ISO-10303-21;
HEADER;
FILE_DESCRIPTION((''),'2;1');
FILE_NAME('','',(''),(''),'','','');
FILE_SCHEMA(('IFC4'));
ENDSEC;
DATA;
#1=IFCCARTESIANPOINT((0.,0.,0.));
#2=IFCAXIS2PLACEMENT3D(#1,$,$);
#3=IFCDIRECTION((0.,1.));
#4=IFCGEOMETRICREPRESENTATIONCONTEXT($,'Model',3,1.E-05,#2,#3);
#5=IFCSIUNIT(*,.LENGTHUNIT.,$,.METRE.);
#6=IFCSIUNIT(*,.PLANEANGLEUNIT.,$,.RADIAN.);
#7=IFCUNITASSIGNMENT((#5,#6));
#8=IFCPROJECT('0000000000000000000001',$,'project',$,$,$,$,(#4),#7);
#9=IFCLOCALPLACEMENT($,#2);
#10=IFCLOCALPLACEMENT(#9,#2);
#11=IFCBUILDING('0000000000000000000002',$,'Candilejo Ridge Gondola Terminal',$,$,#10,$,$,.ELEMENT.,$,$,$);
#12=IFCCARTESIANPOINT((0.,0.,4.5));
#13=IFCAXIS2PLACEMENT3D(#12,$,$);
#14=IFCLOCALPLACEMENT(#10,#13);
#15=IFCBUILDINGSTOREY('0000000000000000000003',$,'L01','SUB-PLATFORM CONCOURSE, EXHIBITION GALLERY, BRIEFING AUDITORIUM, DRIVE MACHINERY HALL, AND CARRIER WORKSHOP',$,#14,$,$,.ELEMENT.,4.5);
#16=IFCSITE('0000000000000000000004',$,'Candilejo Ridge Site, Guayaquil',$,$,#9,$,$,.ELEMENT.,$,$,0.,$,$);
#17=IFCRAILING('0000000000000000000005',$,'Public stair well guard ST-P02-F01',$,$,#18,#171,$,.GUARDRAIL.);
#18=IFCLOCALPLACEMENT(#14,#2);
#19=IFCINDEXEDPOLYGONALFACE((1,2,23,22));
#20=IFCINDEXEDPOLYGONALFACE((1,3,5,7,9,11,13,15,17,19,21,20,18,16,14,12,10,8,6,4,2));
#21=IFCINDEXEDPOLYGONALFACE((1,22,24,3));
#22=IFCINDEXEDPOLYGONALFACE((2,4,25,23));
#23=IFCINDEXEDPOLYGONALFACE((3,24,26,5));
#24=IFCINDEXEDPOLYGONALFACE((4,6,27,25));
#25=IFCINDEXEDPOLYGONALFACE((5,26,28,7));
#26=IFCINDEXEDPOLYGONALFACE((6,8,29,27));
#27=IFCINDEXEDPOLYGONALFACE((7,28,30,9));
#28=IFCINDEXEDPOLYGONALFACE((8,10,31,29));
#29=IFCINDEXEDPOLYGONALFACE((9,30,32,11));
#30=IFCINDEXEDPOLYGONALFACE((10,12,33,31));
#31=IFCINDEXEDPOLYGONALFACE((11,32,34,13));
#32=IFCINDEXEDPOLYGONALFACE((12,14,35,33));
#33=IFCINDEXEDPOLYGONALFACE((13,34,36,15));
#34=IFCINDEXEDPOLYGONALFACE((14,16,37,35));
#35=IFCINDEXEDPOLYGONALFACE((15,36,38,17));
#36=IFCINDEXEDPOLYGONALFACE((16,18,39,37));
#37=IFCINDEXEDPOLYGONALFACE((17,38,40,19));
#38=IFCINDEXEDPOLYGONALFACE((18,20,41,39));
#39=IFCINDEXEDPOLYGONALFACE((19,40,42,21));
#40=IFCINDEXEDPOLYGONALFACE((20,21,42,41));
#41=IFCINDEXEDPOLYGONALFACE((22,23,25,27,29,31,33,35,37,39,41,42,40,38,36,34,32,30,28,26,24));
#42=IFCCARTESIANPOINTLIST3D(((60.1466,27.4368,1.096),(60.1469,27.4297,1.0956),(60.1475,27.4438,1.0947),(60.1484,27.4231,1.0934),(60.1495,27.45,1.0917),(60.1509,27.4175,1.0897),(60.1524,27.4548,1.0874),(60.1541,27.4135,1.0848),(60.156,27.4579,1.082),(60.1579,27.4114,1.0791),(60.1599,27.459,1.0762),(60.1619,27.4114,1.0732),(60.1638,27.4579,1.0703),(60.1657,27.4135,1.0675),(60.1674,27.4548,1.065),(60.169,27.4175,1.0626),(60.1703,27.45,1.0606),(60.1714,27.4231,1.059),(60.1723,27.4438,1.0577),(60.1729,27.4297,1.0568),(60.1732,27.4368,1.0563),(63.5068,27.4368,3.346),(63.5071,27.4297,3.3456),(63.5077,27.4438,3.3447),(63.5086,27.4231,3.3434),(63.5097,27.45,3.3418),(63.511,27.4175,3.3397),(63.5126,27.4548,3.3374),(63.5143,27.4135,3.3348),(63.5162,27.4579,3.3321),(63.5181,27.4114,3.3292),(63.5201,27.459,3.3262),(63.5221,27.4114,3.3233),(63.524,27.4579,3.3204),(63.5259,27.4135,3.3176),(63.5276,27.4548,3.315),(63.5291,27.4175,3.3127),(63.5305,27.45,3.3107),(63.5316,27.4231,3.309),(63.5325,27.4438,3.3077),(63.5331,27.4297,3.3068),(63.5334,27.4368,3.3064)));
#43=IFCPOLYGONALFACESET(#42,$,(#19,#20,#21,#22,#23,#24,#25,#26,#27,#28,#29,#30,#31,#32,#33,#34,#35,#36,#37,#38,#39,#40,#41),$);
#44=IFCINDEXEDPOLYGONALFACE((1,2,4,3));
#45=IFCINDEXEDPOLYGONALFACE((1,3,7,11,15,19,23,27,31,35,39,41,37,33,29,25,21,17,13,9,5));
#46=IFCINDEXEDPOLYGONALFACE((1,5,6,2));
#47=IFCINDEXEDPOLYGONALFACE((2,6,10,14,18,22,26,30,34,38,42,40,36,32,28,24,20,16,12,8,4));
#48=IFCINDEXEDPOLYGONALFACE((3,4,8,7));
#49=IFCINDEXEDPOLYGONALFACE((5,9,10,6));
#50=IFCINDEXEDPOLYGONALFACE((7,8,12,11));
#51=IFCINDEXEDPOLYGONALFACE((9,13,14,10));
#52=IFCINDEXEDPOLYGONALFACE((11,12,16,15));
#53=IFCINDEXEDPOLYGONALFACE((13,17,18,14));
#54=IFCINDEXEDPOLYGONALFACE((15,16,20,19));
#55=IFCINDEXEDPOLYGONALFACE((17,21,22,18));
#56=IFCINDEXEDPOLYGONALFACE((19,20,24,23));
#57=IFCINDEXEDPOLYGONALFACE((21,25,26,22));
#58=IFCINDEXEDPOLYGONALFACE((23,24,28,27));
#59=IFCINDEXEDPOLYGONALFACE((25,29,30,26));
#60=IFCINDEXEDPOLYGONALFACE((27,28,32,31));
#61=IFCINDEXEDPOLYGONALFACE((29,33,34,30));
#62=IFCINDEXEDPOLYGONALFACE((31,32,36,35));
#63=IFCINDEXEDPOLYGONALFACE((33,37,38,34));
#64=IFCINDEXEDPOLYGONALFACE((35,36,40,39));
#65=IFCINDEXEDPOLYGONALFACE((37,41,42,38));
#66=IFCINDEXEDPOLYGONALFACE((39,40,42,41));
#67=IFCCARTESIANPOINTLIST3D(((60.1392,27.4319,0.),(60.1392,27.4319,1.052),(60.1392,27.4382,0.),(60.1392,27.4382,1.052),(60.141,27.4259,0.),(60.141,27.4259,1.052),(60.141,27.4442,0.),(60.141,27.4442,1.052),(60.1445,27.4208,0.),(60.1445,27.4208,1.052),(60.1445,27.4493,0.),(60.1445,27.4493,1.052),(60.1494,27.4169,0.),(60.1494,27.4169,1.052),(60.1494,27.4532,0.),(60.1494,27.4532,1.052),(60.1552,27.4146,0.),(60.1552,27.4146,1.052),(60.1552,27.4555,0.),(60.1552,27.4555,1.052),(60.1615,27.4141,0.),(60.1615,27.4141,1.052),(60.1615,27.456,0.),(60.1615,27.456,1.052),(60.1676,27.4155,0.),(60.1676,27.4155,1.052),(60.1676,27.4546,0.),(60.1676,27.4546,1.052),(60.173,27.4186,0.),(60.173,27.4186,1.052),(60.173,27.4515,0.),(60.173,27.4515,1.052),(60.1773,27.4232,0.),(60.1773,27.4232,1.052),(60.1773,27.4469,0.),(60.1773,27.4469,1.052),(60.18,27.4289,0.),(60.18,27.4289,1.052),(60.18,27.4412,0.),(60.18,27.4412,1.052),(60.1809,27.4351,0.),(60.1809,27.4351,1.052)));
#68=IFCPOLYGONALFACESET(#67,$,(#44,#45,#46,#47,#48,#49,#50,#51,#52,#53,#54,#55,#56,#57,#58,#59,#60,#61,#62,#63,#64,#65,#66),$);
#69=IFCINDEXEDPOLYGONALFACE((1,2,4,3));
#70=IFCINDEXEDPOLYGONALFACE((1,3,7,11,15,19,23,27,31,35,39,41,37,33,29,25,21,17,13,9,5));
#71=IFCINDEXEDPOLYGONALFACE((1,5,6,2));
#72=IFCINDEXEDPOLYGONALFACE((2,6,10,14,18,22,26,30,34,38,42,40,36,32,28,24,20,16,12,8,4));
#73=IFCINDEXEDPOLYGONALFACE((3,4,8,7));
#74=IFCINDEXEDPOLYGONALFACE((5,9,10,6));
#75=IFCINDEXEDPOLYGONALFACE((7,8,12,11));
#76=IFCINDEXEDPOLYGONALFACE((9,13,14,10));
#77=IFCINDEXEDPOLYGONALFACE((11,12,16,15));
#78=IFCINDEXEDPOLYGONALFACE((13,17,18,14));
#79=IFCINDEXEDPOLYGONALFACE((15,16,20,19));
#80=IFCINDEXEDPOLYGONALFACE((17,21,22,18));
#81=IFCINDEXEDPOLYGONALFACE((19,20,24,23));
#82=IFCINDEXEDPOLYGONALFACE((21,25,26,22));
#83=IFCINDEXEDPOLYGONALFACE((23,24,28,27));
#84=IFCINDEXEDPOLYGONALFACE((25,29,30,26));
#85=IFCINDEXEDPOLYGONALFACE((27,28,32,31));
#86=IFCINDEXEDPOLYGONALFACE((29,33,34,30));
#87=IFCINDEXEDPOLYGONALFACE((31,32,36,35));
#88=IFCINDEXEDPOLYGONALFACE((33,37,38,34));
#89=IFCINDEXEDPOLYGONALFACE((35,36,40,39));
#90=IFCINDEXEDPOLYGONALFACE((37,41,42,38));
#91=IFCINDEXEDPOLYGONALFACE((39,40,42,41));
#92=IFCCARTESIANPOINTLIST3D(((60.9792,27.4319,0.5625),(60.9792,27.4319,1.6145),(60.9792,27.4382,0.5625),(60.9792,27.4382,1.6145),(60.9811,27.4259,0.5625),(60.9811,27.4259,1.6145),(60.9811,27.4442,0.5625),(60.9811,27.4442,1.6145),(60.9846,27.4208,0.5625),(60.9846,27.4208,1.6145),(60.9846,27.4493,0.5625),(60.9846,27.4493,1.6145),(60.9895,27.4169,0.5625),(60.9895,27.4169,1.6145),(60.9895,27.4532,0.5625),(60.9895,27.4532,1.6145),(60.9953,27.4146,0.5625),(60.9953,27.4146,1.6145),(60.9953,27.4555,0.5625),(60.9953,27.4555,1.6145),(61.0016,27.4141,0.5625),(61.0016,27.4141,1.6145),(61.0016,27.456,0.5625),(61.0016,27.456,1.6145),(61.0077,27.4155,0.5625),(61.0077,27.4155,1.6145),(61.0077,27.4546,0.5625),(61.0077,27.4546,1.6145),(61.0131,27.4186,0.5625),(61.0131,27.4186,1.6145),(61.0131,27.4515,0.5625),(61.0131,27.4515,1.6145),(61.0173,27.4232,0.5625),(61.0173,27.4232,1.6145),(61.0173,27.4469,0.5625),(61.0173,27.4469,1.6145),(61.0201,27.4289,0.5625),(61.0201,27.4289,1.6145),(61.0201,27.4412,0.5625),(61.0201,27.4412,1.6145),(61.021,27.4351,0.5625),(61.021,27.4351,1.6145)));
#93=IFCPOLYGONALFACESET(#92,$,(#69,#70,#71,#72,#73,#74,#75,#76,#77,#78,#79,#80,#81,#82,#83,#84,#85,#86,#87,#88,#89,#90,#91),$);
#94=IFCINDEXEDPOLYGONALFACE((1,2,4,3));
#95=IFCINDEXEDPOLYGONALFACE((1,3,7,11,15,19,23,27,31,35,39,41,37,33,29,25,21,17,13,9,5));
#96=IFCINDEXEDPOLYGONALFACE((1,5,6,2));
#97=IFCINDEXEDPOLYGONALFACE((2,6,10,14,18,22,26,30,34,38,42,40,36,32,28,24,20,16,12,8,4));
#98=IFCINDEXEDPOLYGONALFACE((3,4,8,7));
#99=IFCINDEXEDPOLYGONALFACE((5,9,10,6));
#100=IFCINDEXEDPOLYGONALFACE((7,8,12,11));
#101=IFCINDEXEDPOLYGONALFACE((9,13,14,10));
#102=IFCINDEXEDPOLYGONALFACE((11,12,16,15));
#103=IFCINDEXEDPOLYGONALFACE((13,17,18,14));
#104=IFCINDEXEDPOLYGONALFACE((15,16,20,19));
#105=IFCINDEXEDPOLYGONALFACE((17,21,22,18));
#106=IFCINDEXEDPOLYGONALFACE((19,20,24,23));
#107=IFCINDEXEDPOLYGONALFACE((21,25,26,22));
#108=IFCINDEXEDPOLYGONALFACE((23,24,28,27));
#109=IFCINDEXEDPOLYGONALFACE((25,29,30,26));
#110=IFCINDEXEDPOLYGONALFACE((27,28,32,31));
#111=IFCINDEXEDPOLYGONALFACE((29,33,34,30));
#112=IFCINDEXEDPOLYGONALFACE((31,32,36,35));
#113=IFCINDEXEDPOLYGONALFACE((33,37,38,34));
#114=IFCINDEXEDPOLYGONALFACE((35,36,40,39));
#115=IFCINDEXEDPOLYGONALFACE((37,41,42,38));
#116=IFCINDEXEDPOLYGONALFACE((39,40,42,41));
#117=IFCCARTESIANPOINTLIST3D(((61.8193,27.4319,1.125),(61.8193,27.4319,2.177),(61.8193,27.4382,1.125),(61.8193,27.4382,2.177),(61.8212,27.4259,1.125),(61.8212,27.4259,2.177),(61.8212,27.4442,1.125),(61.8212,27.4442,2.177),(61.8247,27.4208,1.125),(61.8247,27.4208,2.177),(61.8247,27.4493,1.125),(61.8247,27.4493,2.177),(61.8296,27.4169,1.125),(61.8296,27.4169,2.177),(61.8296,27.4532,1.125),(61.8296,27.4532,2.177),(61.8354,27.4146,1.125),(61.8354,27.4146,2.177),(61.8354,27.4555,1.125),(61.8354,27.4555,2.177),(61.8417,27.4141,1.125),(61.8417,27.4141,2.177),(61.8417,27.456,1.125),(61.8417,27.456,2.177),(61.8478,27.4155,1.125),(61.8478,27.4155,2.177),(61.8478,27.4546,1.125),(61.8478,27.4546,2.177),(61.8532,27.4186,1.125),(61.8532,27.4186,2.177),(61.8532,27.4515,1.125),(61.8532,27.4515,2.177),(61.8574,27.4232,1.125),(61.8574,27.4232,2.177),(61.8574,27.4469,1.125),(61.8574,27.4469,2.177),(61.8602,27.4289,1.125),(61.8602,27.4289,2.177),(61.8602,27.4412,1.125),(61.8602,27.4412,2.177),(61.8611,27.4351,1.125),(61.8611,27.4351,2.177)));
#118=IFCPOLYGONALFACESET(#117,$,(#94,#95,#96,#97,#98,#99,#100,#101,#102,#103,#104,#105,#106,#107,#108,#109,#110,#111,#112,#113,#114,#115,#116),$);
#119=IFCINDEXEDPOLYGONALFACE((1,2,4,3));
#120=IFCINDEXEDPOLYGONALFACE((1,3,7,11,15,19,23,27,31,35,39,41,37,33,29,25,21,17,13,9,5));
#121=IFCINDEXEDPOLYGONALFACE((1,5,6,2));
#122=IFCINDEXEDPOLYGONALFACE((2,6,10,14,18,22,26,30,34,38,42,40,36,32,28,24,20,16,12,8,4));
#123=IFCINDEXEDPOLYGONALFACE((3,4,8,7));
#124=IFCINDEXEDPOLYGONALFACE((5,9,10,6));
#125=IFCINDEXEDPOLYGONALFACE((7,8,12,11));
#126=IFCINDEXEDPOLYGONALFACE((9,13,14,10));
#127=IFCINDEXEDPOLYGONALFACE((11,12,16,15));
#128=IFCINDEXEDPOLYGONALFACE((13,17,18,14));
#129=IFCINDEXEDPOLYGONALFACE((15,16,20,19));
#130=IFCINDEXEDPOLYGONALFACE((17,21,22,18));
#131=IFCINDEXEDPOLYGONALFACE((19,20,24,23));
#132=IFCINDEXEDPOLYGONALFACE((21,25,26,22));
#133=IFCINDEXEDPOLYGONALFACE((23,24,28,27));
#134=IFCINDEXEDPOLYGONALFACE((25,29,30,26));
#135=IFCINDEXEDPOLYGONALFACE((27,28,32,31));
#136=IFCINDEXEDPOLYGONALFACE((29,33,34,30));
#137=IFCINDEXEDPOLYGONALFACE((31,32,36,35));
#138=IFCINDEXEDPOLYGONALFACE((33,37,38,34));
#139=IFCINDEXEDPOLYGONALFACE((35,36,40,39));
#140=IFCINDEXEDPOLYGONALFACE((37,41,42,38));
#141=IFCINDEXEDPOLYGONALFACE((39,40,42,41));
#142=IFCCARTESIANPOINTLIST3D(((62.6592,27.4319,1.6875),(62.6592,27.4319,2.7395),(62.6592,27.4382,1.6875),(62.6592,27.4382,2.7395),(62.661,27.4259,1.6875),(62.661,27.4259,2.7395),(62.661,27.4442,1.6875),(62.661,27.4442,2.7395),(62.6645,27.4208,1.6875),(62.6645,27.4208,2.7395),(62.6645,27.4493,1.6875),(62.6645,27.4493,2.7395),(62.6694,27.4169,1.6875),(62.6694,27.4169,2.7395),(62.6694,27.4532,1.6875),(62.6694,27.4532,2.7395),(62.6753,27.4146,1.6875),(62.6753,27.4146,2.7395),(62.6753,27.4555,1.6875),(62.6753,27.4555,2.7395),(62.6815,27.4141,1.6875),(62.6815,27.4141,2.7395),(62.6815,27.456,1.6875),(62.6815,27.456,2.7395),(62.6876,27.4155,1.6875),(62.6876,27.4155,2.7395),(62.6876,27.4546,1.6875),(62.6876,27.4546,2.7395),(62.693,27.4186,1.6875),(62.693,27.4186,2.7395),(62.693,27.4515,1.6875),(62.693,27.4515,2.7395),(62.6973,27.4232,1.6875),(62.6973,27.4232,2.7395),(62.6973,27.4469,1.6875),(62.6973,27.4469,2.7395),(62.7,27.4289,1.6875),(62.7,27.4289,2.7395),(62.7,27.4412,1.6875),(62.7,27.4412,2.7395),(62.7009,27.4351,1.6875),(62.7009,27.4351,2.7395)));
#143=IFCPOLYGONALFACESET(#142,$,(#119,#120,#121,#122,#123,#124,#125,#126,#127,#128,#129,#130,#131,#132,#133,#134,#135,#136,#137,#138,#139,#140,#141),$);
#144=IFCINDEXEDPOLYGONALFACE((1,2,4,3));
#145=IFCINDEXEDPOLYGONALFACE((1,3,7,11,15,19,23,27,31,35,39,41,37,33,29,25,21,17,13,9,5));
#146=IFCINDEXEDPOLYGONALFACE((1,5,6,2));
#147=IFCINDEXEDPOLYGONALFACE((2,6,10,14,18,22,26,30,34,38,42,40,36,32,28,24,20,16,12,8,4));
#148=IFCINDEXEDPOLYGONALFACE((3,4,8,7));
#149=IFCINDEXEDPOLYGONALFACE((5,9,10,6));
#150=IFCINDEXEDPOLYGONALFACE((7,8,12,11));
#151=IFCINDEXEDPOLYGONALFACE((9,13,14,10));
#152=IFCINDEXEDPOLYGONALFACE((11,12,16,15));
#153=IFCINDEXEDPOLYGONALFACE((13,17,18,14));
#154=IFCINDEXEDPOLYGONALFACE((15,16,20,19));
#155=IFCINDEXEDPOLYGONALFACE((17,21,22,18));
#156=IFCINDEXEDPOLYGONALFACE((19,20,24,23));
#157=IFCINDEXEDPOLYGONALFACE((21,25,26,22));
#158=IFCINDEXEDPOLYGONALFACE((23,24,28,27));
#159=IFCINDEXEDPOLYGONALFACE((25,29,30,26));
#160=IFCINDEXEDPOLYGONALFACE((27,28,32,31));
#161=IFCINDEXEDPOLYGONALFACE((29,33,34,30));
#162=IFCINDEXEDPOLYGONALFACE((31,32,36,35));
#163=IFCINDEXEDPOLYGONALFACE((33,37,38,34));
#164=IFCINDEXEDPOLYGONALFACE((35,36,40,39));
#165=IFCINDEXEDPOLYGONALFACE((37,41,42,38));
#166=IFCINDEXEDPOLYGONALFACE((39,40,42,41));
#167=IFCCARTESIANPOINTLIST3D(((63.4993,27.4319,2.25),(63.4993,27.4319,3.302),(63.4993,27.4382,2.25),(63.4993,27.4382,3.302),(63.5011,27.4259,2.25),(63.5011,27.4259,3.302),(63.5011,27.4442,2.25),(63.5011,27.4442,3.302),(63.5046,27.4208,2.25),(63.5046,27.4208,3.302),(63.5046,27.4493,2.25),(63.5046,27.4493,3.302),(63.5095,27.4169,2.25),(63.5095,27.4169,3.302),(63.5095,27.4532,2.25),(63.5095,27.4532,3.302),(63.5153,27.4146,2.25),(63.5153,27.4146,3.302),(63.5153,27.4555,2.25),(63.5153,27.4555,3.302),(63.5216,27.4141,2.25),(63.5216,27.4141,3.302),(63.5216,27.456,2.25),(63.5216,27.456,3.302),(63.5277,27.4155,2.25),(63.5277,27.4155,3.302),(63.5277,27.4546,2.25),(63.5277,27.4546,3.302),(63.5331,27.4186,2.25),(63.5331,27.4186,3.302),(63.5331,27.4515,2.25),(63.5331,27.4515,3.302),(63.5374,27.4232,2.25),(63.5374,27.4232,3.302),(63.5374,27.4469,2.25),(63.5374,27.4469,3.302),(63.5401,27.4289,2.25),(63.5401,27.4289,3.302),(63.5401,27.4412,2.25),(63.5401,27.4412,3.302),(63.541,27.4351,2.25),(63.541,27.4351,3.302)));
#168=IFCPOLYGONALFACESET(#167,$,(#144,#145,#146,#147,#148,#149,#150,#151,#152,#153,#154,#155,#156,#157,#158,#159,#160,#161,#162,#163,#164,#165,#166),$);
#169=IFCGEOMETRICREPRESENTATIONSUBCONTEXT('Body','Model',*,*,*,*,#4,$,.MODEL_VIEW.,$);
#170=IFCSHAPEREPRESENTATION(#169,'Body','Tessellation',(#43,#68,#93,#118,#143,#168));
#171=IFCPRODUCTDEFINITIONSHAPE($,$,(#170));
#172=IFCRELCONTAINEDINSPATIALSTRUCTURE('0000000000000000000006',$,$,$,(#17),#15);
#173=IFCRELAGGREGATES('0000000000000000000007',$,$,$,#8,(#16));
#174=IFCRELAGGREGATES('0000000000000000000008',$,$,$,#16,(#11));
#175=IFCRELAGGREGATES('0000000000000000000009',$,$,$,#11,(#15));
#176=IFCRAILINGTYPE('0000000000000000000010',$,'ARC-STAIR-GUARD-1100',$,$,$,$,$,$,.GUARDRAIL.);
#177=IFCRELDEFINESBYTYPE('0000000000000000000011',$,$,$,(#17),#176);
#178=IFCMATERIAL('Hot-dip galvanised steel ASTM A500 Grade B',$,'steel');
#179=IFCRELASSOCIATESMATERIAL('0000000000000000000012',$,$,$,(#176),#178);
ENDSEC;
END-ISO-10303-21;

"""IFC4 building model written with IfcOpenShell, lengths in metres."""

from ifc_helpers import new_model, si_unit, direction, frame, origin, origin_2d, place, context, subcontext, project, spatial, circle, extrude, material, type_object, element, save


model = new_model("IFC4")

# Units and contexts
model_context = context("Model", 3, precision=1e-05, world=origin(), true_north=direction((0.0, 1.0)))
body_context = subcontext(model_context, "Body", "Model", "MODEL_VIEW")
ifc_project = project(units=[si_unit("LENGTHUNIT", "METRE"), si_unit("PLANEANGLEUNIT", "RADIAN")], contexts=[model_context])

# Site, building, storey
site_placement = place(None, origin())
site = spatial("IfcSite", under=ifc_project, at=site_placement, Name="Candilejo Ridge Site, Guayaquil", CompositionType="ELEMENT", RefElevation=0.0)
building_placement = place(site_placement, origin())
building = spatial("IfcBuilding", under=site, at=building_placement, Name="Candilejo Ridge Gondola Terminal", CompositionType="ELEMENT")
storey_placement = place(building_placement, frame((0.0, 0.0, 4.5)))
storey = spatial("IfcBuildingStorey", under=building, at=storey_placement, Name="L01", Description="SUB-PLATFORM CONCOURSE, EXHIBITION GALLERY, BRIEFING AUDITORIUM, DRIVE MACHINERY HALL, AND CARRIER WORKSHOP", CompositionType="ELEMENT", Elevation=4.5)

# Railing
ifc_material_1 = material(Name="Hot-dip galvanised steel ASTM A500 Grade B", Category="steel")
railing_type = type_object("IfcRailingType", Name="ARC-STAIR-GUARD-1100", PredefinedType="GUARDRAIL", material=ifc_material_1)
railing_placement = place(storey_placement, frame((60.1599, 27.4351, 0.0)))
element("IfcRailing", 1, at=railing_placement, inside=storey, type_object=railing_type, Name="Public stair well guard ST-P02-F01", PredefinedType="GUARDRAIL", context=body_context, shape_type="SweptSolid", body=[
    extrude(circle(Radius=0.0239, at=origin_2d()), frame((0.0, 0.0, 1.0762), z_axis=(0.830915, 0.0, 0.556399), x_axis=(0.0, 1.0, 0.0)), (0.0, 0.0, 1.0), 4.0439),
    extrude(circle(Radius=0.021, at=origin_2d()), origin(), (0.0, 0.0, 1.0), 1.052),
    extrude(circle(Radius=0.021, at=origin_2d()), frame((0.8401, 0.0, 0.5625)), (0.0, 0.0, 1.0), 1.052),
    extrude(circle(Radius=0.021, at=origin_2d()), frame((1.6802, 0.0, 1.125)), (0.0, 0.0, 1.0), 1.052),
    extrude(circle(Radius=0.021, at=origin_2d()), frame((2.52, 0.0, 1.6875)), (0.0, 0.0, 1.0), 1.052),
    extrude(circle(Radius=0.021, at=origin_2d()), frame((3.3601, 0.0, 2.25)), (0.0, 0.0, 1.0), 1.052),
])

save(model, "model.ifc")
